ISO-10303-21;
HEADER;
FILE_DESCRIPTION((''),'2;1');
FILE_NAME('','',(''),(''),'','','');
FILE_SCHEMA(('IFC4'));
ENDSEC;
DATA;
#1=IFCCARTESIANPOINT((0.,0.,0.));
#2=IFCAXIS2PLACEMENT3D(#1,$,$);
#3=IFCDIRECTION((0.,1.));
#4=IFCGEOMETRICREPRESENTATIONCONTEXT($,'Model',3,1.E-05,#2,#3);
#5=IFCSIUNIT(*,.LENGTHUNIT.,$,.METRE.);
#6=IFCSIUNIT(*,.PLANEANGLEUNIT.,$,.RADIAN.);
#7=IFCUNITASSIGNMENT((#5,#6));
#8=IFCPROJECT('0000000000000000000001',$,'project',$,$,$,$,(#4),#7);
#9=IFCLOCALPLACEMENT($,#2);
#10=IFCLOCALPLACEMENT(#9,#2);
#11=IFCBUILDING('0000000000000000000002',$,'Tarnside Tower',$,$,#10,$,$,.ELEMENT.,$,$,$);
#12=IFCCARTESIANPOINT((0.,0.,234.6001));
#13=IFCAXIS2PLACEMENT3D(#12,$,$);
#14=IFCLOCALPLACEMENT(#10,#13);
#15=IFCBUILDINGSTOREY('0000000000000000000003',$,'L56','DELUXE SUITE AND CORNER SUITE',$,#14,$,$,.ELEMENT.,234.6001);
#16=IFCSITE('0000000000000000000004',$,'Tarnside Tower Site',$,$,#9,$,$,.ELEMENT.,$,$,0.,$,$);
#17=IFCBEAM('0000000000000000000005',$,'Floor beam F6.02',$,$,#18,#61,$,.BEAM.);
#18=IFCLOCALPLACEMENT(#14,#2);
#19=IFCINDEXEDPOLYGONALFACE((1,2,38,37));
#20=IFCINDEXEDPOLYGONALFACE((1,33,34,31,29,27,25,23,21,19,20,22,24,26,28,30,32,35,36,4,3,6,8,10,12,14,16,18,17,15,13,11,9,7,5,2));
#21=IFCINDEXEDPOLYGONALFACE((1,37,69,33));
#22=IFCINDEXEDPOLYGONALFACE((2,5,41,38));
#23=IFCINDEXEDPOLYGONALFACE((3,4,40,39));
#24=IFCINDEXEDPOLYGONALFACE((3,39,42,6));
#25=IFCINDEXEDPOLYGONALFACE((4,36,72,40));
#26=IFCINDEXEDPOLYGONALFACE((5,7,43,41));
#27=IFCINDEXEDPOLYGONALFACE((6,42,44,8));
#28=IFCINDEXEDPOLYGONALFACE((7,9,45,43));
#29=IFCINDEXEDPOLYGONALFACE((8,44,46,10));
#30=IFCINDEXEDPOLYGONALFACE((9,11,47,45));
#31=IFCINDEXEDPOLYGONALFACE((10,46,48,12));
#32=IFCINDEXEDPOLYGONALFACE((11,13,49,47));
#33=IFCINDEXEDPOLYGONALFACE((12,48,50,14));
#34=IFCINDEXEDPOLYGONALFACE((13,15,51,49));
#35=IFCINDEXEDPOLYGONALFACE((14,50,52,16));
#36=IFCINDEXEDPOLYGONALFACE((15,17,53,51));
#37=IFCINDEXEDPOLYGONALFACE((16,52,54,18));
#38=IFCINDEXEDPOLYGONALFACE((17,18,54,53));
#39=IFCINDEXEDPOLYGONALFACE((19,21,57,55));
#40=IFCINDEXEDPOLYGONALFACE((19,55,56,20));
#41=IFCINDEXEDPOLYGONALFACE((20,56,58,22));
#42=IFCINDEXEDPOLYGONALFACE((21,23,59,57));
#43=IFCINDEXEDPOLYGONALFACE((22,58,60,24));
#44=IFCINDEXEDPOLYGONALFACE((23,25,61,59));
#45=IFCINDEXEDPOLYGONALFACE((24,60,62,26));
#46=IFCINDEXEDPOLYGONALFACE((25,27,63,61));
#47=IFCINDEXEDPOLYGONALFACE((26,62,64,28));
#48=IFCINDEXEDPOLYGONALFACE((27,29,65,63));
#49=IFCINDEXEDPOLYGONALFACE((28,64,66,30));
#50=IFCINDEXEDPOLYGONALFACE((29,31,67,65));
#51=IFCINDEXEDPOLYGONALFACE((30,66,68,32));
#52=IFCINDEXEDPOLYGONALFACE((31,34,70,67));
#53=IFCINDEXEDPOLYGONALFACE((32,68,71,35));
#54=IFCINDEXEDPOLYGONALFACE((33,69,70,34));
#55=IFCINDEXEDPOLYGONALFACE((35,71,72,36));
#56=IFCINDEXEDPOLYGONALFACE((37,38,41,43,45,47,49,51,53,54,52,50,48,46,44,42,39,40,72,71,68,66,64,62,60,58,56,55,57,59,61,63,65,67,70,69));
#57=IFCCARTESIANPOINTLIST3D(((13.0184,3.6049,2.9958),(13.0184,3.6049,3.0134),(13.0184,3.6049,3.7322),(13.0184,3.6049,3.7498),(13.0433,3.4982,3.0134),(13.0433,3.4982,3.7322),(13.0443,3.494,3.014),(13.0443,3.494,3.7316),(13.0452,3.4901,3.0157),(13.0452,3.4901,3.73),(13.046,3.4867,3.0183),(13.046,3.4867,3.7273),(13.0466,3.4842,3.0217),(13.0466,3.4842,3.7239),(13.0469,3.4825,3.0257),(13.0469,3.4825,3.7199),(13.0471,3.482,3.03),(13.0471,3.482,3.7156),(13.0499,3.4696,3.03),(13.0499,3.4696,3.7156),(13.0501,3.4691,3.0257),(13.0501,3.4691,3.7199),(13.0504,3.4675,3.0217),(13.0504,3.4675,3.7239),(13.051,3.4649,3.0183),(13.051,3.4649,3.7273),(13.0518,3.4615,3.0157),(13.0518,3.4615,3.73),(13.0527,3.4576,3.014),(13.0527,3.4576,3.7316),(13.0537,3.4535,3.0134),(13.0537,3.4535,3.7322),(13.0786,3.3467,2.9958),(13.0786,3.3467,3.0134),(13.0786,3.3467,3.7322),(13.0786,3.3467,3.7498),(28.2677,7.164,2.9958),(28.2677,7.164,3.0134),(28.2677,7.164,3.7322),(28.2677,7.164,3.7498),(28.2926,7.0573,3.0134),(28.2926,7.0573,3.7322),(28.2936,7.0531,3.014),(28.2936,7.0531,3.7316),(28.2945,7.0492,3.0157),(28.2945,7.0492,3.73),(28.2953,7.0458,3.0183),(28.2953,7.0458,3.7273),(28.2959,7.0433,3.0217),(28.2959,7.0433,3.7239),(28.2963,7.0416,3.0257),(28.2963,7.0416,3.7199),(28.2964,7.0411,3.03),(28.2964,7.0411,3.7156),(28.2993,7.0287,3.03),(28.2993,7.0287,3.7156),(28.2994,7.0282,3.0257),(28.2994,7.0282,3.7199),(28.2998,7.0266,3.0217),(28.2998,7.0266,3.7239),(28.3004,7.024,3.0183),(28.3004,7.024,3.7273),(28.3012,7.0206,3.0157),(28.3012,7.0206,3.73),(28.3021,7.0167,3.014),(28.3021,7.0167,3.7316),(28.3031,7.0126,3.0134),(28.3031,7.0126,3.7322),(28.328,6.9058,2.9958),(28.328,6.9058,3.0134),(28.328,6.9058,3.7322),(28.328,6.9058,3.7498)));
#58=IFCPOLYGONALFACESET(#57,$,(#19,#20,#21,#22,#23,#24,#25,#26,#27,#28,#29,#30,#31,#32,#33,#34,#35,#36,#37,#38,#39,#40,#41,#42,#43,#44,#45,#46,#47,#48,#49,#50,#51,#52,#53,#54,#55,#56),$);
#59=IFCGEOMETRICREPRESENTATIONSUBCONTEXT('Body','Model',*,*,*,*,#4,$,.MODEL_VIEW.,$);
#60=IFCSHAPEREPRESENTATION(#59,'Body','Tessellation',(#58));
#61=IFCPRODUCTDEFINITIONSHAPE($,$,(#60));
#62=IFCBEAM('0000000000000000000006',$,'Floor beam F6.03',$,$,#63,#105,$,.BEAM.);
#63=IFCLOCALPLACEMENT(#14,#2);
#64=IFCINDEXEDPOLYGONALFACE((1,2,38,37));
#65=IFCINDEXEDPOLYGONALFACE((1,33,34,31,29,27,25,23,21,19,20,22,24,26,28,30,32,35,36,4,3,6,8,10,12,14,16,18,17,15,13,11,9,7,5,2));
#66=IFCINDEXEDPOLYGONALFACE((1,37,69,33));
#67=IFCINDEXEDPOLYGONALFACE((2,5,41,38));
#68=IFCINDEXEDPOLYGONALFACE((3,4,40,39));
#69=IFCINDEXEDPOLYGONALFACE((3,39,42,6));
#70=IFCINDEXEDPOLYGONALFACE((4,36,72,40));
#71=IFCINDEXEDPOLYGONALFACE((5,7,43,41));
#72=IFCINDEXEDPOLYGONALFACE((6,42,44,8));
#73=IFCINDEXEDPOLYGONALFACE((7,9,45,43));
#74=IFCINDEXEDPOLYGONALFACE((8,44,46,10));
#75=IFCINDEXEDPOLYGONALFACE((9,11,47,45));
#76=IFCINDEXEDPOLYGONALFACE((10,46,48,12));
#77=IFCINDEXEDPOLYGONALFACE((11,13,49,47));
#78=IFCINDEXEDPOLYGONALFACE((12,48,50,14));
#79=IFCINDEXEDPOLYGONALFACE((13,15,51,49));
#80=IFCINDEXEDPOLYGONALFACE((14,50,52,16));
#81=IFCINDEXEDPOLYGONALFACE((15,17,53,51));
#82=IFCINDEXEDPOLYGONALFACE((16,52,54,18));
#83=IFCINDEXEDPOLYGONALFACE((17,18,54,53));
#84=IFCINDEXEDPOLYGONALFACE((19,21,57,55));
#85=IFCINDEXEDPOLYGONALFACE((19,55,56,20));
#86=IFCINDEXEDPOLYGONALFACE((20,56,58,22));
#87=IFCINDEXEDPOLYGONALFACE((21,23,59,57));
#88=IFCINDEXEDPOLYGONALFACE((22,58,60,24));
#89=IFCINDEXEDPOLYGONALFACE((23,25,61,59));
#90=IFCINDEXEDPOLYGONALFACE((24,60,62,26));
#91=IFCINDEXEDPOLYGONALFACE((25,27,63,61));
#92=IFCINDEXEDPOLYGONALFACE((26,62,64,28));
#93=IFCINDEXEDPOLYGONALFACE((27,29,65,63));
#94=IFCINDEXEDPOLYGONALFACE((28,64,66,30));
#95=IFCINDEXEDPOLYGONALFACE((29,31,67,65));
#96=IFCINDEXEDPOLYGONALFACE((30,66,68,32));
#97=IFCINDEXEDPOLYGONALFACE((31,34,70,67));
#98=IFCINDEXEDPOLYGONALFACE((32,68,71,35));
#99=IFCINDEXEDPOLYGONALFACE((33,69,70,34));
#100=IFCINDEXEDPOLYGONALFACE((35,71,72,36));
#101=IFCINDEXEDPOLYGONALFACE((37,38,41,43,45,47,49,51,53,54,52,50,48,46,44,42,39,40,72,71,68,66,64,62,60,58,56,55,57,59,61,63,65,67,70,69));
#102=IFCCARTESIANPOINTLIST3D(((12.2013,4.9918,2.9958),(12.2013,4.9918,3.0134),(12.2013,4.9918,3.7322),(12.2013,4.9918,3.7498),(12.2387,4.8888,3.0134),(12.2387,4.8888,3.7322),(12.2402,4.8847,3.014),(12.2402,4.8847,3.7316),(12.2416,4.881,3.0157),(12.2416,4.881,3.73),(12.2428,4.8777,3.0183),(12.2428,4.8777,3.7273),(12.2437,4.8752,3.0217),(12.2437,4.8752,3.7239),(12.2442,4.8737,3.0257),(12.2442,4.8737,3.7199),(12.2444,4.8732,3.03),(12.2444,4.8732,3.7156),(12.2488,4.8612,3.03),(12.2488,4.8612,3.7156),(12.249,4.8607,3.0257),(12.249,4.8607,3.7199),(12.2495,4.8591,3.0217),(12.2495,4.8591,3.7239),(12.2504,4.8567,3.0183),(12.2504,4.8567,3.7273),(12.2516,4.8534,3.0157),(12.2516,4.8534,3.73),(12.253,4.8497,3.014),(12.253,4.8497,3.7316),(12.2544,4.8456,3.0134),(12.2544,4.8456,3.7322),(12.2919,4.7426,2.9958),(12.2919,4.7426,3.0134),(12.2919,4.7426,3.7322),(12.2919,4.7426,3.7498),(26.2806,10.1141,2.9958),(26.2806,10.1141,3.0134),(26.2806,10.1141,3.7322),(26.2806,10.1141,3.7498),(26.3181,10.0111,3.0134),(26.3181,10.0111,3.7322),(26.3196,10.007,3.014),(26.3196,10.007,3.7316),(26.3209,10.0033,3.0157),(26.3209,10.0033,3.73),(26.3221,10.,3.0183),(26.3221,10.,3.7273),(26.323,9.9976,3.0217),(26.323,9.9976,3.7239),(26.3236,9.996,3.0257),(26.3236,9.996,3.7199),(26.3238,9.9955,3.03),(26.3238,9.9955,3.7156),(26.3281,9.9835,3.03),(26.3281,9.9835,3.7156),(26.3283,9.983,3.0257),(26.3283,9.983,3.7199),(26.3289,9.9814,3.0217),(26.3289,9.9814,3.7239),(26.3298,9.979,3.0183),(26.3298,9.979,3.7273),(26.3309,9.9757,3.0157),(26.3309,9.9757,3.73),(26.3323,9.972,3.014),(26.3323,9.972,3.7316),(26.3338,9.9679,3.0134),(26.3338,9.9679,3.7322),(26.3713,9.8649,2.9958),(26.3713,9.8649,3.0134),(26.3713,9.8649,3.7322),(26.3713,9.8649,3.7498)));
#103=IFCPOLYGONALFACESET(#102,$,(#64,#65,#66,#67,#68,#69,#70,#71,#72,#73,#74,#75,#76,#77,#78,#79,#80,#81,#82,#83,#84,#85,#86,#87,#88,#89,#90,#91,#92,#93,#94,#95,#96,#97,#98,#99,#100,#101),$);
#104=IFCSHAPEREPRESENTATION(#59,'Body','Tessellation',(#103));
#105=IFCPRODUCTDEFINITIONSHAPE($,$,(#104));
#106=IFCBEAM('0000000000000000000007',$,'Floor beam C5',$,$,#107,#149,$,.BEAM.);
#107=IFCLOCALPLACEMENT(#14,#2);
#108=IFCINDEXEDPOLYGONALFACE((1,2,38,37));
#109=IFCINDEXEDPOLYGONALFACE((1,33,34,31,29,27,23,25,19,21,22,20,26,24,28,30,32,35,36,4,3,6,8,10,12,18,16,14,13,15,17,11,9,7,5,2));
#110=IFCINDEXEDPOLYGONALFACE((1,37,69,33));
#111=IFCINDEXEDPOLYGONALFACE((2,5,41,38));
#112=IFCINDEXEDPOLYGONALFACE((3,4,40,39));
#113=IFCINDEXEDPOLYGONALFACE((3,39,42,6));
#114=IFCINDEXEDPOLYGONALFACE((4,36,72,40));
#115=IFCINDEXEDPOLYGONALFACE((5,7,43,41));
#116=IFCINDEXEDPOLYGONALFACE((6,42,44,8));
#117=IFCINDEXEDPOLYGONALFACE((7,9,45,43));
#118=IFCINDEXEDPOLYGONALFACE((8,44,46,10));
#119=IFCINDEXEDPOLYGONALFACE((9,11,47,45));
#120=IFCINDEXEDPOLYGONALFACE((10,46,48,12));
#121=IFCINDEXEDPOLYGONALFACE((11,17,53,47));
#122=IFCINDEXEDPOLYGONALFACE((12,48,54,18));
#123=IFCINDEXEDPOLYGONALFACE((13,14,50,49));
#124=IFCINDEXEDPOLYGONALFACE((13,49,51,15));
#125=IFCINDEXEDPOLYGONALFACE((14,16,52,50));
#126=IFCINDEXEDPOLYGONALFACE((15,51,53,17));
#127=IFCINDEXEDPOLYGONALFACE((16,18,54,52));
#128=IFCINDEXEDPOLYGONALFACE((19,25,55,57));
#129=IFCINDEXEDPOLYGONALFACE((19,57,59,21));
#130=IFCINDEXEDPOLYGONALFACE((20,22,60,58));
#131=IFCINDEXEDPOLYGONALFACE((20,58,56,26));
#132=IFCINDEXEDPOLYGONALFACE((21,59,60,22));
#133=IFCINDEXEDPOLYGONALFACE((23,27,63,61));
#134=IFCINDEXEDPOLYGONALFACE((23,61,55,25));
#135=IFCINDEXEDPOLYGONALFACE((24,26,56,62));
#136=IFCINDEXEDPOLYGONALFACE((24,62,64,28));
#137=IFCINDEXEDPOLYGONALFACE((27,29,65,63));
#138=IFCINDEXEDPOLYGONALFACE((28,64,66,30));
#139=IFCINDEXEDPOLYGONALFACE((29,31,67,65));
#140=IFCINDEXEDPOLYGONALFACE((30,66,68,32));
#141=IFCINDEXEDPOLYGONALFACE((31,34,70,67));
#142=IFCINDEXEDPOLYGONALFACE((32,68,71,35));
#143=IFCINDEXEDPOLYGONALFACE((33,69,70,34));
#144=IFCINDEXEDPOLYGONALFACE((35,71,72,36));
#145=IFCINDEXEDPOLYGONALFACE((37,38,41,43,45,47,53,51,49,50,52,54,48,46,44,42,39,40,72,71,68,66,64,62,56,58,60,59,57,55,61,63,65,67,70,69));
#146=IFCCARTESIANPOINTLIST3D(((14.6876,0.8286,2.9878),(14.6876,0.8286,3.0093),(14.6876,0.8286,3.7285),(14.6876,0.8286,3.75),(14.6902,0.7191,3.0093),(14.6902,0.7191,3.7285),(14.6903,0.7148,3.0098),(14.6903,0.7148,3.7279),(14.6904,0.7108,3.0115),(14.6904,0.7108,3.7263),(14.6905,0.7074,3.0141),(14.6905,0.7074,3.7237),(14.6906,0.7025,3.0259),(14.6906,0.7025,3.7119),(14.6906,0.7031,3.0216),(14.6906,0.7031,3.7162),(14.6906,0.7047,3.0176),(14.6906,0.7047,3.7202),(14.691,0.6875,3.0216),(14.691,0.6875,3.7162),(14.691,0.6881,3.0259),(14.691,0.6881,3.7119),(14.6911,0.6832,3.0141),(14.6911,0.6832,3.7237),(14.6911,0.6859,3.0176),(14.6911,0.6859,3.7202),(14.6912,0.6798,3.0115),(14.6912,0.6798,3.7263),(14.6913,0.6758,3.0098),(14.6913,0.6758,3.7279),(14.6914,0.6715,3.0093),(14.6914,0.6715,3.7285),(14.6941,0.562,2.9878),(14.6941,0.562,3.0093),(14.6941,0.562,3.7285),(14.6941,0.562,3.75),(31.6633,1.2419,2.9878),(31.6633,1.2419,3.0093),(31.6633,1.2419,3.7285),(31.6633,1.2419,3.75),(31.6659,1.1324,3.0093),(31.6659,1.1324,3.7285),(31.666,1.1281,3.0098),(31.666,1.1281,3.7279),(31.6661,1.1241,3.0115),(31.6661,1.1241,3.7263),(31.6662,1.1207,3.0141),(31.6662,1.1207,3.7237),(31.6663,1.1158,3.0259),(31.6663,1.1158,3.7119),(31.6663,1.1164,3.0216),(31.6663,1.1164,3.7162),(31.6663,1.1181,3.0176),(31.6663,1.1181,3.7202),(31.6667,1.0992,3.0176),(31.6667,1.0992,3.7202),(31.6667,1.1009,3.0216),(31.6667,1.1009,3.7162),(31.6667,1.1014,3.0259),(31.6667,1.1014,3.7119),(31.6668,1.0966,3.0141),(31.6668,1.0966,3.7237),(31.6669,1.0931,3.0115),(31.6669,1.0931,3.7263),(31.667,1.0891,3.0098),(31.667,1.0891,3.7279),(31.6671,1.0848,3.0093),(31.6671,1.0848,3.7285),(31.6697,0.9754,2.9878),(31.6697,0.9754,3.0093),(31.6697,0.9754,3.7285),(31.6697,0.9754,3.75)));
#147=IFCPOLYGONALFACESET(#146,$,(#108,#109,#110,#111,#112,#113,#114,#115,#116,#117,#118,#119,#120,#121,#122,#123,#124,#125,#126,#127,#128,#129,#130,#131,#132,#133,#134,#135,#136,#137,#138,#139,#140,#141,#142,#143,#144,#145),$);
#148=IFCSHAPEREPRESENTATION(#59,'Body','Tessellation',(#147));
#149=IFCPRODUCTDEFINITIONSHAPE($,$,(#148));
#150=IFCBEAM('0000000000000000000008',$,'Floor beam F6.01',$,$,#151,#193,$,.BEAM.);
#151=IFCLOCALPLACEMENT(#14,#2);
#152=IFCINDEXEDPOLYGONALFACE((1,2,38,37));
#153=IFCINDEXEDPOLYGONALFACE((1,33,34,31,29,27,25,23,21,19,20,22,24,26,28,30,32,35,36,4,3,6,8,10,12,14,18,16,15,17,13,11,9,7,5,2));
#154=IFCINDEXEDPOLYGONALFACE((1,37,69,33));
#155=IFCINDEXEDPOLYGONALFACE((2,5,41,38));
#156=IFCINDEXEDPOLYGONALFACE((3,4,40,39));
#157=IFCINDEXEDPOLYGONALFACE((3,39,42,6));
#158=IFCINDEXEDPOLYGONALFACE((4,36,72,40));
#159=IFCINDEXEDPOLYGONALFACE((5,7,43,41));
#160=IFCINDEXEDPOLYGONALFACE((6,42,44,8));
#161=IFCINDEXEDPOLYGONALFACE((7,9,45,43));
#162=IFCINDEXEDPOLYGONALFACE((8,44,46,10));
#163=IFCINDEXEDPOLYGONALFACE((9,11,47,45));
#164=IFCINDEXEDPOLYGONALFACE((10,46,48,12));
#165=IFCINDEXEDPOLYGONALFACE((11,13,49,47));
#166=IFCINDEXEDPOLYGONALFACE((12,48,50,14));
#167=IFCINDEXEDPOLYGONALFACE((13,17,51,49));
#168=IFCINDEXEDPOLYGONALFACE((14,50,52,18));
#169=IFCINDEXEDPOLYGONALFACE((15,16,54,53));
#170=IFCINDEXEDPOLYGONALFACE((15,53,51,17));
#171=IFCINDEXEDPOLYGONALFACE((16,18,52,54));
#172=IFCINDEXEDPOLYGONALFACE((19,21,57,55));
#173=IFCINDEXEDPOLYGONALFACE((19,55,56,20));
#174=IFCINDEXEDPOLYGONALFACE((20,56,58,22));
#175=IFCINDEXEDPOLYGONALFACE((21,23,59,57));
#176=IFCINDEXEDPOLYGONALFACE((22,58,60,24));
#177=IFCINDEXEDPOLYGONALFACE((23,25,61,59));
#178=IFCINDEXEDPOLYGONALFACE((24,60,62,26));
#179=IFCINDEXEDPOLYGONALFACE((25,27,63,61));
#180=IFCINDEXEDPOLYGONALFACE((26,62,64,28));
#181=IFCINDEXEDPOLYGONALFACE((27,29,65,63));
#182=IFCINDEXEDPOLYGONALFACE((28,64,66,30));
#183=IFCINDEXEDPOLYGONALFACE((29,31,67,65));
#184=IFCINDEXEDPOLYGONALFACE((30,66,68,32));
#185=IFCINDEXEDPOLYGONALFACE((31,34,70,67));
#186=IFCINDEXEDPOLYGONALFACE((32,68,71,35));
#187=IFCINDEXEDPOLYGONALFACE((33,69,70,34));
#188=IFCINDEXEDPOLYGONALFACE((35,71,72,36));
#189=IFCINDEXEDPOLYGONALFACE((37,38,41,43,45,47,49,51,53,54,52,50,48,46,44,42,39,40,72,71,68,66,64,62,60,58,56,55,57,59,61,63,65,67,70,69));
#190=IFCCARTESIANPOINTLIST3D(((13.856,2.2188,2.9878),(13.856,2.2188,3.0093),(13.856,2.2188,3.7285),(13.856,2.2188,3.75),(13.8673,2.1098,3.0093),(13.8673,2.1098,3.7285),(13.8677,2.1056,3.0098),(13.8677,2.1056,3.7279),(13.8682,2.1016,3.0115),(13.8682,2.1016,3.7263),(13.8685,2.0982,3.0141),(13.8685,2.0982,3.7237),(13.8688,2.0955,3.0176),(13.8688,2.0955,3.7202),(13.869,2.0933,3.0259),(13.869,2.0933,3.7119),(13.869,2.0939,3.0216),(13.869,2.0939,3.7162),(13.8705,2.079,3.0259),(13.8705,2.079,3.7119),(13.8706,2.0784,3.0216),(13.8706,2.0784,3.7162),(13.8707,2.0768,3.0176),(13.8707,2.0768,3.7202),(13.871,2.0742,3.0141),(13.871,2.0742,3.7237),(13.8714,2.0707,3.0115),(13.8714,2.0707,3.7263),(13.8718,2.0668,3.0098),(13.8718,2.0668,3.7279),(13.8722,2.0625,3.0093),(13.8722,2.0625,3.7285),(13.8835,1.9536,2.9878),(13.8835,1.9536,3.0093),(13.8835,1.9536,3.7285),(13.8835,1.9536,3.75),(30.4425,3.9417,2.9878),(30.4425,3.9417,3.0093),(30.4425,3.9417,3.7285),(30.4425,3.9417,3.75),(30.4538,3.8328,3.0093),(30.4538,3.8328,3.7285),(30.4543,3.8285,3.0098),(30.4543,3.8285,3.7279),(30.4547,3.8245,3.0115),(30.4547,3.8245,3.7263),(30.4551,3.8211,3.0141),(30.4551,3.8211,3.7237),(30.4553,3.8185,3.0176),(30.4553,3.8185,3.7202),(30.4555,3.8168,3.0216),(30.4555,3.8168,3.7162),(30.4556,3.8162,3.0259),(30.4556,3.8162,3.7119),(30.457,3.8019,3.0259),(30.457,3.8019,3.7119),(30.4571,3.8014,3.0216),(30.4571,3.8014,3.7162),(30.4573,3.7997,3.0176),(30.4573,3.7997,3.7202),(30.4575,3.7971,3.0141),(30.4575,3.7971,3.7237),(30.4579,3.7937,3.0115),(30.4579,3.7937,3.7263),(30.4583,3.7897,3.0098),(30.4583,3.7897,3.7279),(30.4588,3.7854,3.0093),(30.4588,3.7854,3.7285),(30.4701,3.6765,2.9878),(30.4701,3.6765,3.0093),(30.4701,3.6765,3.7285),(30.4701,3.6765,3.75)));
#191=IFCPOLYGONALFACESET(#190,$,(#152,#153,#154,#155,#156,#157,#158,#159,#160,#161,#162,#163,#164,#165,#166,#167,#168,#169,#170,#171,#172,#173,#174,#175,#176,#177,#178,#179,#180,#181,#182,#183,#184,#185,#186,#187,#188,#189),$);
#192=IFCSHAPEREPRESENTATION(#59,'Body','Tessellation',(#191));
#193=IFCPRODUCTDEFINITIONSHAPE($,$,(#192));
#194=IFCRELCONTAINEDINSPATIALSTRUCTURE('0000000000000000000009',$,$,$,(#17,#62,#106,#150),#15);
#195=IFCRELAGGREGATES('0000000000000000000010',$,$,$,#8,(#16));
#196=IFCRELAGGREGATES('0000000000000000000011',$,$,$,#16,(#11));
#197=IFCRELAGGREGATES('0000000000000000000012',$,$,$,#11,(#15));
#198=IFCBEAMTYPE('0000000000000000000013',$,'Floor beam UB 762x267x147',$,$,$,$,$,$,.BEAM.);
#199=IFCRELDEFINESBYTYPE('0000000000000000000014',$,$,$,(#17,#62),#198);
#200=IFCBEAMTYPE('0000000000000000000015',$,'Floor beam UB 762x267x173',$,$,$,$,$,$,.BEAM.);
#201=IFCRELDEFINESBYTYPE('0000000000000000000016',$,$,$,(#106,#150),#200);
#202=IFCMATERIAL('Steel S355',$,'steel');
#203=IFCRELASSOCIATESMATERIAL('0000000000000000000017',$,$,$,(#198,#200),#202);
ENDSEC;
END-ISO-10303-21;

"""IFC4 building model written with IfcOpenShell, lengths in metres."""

from ifc_helpers import new_model, si_unit, direction, frame, origin, origin_2d, place, context, subcontext, project, spatial, i_section, extrude, material, material_profile, profile_set, type_object, element, save


model = new_model("IFC4")

# Units and contexts
model_context = context("Model", 3, precision=1e-05, world=origin(), true_north=direction((0.0, 1.0)))
body_context = subcontext(model_context, "Body", "Model", "MODEL_VIEW")
ifc_project = project(units=[si_unit("LENGTHUNIT", "METRE"), si_unit("PLANEANGLEUNIT", "RADIAN")], contexts=[model_context])

# Site, building, storey
site_placement = place(None, origin())
site = spatial("IfcSite", under=ifc_project, at=site_placement, Name="Tarnside Tower Site", CompositionType="ELEMENT", RefElevation=0.0)
building_placement = place(site_placement, origin())
building = spatial("IfcBuilding", under=site, at=building_placement, Name="Tarnside Tower", CompositionType="ELEMENT")
storey_placement = place(building_placement, frame((0.0, 0.0, 234.6001)))
storey = spatial("IfcBuildingStorey", under=building, at=storey_placement, Name="L56", Description="DELUXE SUITE AND CORNER SUITE", CompositionType="ELEMENT", Elevation=234.6001)

# Beams
ifc_material_1 = material(Name="Steel S355", Category="steel")
ifc_material_profile_1 = material_profile(ifc_material_1, i_section(OverallWidth=0.2651, OverallDepth=0.7539, WebThickness=0.0127, FlangeThickness=0.0176, FilletRadius=0.0166, at=origin_2d()), Name="UB 762x267x147")
ifc_profile_set_1 = profile_set([ifc_material_profile_1], Name="Steel S355")
beam_type_1 = type_object("IfcBeamType", Name="Floor beam UB 762x267x147", PredefinedType="BEAM", material=ifc_profile_set_1)
beam_1_placement = place(storey_placement, frame((28.2979, 7.0349, 3.3728), z_axis=(-0.973828, -0.227285, 0.0), x_axis=(0.227285, -0.973828, 0.0)))
element("IfcBeam", 1, at=beam_1_placement, inside=storey, type_object=beam_type_1, Name="Floor beam F6.02", PredefinedType="BEAM", context=body_context, shape_type="SweptSolid", body=[
    extrude(i_section(OverallWidth=0.2651, OverallDepth=0.7539, WebThickness=0.0127, FlangeThickness=0.0176, FilletRadius=0.0166, at=origin_2d()), origin(), (0.0, 0.0, 1.0), 15.6592),
])
beam_2_placement = place(storey_placement, frame((26.3259, 9.9895, 3.3728), z_axis=(-0.939739, -0.341894, 0.0), x_axis=(0.341894, -0.939739, 0.0)))
element("IfcBeam", 2, at=beam_2_placement, inside=storey, type_object=beam_type_1, Name="Floor beam F6.03", PredefinedType="BEAM", context=body_context, shape_type="SweptSolid", body=[
    extrude(i_section(OverallWidth=0.2651, OverallDepth=0.7539, WebThickness=0.0127, FlangeThickness=0.0176, FilletRadius=0.0166, at=origin_2d()), origin(), (0.0, 0.0, 1.0), 14.9822),
])
ifc_material_profile_2 = material_profile(ifc_material_1, i_section(OverallWidth=0.2666, OverallDepth=0.7622, WebThickness=0.0144, FlangeThickness=0.0215, FilletRadius=0.0166, at=origin_2d()), Name="UB 762x267x173")
ifc_profile_set_2 = profile_set([ifc_material_profile_2], Name="Steel S355")
beam_type_2 = type_object("IfcBeamType", Name="Floor beam UB 762x267x173", PredefinedType="BEAM", material=ifc_profile_set_2)
beam_3_placement = place(storey_placement, frame((31.6665, 1.1086, 3.3689), z_axis=(-0.999704, -0.024341, 0.0), x_axis=(0.024341, -0.999704, 0.0)))
element("IfcBeam", 3, at=beam_3_placement, inside=storey, type_object=beam_type_2, Name="Floor beam C5", PredefinedType="BEAM", context=body_context, shape_type="SweptSolid", body=[
    extrude(i_section(OverallWidth=0.2666, OverallDepth=0.7622, WebThickness=0.0144, FlangeThickness=0.0215, FilletRadius=0.0166, at=origin_2d()), origin(), (0.0, 0.0, 1.0), 16.9807),
])
beam_4_placement = place(storey_placement, frame((30.4563, 3.8091, 3.3689), z_axis=(-0.994648, -0.103318, 0.0), x_axis=(0.103318, -0.994648, 0.0)))
element("IfcBeam", 4, at=beam_4_placement, inside=storey, type_object=beam_type_2, Name="Floor beam F6.01", PredefinedType="BEAM", context=body_context, shape_type="SweptSolid", body=[
    extrude(i_section(OverallWidth=0.2666, OverallDepth=0.7622, WebThickness=0.0144, FlangeThickness=0.0215, FilletRadius=0.0166, at=origin_2d()), origin(), (0.0, 0.0, 1.0), 16.6758),
])

save(model, "model.ifc")
